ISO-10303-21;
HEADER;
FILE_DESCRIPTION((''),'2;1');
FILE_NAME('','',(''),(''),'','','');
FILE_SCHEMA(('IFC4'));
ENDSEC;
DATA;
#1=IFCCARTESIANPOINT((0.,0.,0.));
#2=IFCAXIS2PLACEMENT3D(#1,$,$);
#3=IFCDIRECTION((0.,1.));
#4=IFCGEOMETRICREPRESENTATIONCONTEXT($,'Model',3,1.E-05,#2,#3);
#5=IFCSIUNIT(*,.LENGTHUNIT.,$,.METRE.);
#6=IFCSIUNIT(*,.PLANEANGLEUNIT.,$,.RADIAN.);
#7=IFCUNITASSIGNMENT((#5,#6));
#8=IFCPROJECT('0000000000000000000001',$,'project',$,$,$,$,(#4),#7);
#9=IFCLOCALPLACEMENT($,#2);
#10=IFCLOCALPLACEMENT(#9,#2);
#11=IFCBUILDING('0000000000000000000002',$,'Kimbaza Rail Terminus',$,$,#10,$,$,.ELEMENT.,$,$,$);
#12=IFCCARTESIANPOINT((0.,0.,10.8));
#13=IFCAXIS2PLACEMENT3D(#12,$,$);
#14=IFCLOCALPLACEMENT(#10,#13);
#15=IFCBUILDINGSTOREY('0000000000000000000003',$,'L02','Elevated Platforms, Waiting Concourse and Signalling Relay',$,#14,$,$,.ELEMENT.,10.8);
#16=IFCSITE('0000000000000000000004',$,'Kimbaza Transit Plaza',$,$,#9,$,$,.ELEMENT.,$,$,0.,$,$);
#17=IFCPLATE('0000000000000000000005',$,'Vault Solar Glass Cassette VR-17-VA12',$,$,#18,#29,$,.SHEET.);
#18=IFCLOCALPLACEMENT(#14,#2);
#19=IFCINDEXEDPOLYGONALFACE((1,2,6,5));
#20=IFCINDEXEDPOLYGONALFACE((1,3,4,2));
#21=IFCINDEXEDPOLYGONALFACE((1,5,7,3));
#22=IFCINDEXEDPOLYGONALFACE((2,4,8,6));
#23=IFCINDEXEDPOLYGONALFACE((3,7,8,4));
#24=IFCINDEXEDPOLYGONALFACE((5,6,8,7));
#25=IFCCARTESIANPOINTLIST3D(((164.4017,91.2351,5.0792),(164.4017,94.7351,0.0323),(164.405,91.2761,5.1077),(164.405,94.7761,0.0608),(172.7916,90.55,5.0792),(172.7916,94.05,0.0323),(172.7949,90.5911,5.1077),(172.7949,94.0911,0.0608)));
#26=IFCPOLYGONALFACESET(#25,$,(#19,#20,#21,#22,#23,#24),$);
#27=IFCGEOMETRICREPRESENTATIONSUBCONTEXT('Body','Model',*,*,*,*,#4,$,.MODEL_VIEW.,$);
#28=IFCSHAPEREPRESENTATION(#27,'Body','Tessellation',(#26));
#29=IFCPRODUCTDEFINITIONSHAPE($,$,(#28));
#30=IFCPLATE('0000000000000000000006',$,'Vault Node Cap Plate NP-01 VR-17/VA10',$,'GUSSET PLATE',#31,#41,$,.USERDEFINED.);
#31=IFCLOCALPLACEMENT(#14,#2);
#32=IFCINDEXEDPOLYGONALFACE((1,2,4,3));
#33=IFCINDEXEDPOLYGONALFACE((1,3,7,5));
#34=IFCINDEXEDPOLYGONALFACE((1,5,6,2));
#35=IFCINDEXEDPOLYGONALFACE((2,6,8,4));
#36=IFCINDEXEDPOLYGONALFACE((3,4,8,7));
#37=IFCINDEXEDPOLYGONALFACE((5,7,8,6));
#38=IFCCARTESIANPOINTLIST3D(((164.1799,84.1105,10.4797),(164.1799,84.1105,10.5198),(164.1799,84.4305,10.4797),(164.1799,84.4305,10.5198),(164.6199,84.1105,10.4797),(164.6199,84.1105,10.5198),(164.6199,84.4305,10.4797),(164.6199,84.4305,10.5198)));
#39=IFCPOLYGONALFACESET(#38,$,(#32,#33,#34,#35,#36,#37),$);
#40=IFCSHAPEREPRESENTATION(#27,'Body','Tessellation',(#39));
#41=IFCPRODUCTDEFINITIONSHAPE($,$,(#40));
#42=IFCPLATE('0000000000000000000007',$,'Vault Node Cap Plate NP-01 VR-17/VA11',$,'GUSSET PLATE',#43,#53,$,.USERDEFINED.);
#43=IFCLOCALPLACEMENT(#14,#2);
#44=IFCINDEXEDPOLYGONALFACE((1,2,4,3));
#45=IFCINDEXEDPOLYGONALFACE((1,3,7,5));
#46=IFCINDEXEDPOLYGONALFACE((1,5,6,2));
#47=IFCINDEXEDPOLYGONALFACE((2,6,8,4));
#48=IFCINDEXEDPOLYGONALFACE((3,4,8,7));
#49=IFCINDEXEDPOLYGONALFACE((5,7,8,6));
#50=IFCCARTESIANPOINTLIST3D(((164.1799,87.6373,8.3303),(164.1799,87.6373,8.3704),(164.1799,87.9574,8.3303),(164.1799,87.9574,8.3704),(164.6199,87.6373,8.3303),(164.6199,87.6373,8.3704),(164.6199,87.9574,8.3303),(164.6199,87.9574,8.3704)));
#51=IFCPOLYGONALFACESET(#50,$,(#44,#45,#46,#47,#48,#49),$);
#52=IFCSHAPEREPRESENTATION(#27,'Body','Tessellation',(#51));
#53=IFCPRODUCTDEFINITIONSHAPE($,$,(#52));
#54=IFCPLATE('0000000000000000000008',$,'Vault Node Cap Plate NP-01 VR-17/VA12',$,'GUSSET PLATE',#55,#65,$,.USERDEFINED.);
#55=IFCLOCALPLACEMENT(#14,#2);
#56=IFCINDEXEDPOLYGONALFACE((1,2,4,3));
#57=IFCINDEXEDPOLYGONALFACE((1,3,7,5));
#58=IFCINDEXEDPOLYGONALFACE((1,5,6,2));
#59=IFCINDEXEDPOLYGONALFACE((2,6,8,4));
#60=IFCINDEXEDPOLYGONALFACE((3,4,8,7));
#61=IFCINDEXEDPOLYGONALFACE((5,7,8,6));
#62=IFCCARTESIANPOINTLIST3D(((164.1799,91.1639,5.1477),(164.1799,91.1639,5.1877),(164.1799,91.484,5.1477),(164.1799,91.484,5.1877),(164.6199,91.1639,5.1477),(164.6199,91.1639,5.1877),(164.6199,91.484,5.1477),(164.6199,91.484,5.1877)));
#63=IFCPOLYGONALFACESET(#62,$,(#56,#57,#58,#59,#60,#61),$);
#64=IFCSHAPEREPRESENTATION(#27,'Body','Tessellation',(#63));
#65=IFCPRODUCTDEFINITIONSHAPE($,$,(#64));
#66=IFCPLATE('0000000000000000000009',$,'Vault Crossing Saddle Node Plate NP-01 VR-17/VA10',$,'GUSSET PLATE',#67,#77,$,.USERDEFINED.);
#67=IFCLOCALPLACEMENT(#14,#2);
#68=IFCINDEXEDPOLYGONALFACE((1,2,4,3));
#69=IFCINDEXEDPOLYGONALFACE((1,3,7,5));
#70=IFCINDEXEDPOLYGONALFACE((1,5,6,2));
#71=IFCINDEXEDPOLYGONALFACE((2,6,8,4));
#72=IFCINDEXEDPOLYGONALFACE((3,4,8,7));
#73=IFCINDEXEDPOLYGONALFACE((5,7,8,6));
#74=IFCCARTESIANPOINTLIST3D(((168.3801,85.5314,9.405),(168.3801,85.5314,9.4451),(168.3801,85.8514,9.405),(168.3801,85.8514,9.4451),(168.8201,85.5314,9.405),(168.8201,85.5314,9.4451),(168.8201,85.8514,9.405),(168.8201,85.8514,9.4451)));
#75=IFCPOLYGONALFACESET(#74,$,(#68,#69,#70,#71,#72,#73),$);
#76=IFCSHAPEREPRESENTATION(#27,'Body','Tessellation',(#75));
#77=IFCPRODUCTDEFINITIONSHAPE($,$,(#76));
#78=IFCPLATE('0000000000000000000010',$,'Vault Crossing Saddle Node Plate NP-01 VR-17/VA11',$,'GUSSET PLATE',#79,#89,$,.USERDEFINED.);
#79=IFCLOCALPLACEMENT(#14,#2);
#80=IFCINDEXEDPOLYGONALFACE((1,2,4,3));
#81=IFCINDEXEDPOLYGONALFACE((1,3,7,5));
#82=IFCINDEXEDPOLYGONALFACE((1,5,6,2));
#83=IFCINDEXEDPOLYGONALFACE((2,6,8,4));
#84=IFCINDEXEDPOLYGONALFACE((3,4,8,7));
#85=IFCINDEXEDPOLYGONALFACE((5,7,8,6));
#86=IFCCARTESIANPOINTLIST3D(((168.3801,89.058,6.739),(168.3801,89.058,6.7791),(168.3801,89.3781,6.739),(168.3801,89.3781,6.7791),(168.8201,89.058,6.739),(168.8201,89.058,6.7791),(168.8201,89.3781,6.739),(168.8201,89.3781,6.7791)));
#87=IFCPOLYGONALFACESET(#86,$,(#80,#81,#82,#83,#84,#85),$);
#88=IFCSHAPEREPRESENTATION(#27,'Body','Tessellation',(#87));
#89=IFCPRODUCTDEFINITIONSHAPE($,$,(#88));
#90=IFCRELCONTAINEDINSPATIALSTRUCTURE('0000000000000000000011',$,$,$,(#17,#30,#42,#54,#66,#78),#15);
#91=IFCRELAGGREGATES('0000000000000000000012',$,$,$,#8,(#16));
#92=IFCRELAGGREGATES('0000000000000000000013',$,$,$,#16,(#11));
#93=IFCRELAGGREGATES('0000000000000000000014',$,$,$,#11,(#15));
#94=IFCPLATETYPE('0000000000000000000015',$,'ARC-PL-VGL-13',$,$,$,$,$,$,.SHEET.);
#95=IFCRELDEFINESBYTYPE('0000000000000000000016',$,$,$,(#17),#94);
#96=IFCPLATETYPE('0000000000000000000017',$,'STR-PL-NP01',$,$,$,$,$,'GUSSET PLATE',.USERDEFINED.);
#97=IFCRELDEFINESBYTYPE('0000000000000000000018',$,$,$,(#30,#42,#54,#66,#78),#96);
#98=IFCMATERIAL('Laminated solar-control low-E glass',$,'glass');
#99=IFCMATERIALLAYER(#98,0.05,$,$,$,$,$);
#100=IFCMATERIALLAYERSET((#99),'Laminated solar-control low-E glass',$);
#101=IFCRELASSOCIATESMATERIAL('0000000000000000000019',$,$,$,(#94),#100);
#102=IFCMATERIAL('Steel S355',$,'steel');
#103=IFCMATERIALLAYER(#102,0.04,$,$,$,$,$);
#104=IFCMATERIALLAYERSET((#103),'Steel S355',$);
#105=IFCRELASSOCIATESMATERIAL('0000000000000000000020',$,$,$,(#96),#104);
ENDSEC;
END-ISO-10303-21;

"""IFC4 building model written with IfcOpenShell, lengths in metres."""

from ifc_helpers import new_model, si_unit, direction, frame, origin, origin_2d, place, context, subcontext, project, spatial, polyline, rectangle, outline, extrude, material, layer, layer_set, type_object, element, save


model = new_model("IFC4")

# Units and contexts
model_context = context("Model", 3, precision=1e-05, world=origin(), true_north=direction((0.0, 1.0)))
body_context = subcontext(model_context, "Body", "Model", "MODEL_VIEW")
ifc_project = project(units=[si_unit("LENGTHUNIT", "METRE"), si_unit("PLANEANGLEUNIT", "RADIAN")], contexts=[model_context])

# Site, building, storey
site_placement = place(None, origin())
site = spatial("IfcSite", under=ifc_project, at=site_placement, Name="Kimbaza Transit Plaza", CompositionType="ELEMENT", RefElevation=0.0)
building_placement = place(site_placement, origin())
building = spatial("IfcBuilding", under=site, at=building_placement, Name="Kimbaza Rail Terminus", CompositionType="ELEMENT")
storey_placement = place(building_placement, frame((0.0, 0.0, 10.8)))
storey = spatial("IfcBuildingStorey", under=building, at=storey_placement, Name="L02", Description="Elevated Platforms, Waiting Concourse and Signalling Relay", CompositionType="ELEMENT", Elevation=10.8)

# Plates
ifc_material_1 = material(Name="Laminated solar-control low-E glass", Category="glass")
ifc_layer_1 = layer(ifc_material_1, 0.05)
ifc_layer_set_1 = layer_set([ifc_layer_1], Name="Laminated solar-control low-E glass")
plate_type_1 = type_object("IfcPlateType", Name="ARC-PL-VGL-13", PredefinedType="SHEET", material=ifc_layer_set_1)
plate_1_placement = place(storey_placement, frame((164.405, 91.2761, 5.1077), z_axis=(0.066946, 0.81989, 0.568593), x_axis=(0.996683, -0.081382, 0.0)))
element("IfcPlate", 1, at=plate_1_placement, inside=storey, type_object=plate_type_1, Name="Vault Solar Glass Cassette VR-17-VA12", PredefinedType="SHEET", context=body_context, shape_type="SweptSolid", body=[
    extrude(outline(polyline([(0.0, 0.0), (8.4178, 0.0), (8.133, 6.1351), (-0.2848, 6.1351), (0.0, 0.0)])), origin(), (0.0, 0.0, -1.0), 0.05),
])
ifc_material_2 = material(Name="Steel S355", Category="steel")
ifc_layer_2 = layer(ifc_material_2, 0.04)
ifc_layer_set_2 = layer_set([ifc_layer_2], Name="Steel S355")
plate_type_2 = type_object("IfcPlateType", Name="STR-PL-NP01", ElementType="GUSSET PLATE", PredefinedType="USERDEFINED", material=ifc_layer_set_2)
for number, where, z_axis, x_axis, name in (
    (2, (164.3999, 84.2705, 10.4797), (0.0, 0.0, 1.0), (1.0, 0.0, 0.0), "Vault Node Cap Plate NP-01 VR-17/VA10"),
    (3, (164.3999, 87.7974, 8.3303), (0.0, 0.0, 1.0), (1.0, 0.0, 0.0), "Vault Node Cap Plate NP-01 VR-17/VA11"),
    (4, (164.3999, 91.324, 5.1477), (0.0, 0.0, 1.0), (1.0, 0.0, 0.0), "Vault Node Cap Plate NP-01 VR-17/VA12"),
    (5, (168.6001, 85.6914, 9.405), (0.0, 0.0, 1.0), (1.0, 0.0, 0.0), "Vault Crossing Saddle Node Plate NP-01 VR-17/VA10"),
    (6, (168.6001, 89.218, 6.739), (0.0, 0.0, 1.0), (1.0, 0.0, 0.0), "Vault Crossing Saddle Node Plate NP-01 VR-17/VA11"),
):
    element("IfcPlate", number, at=place(storey_placement, frame(where, z_axis=z_axis, x_axis=x_axis)), inside=storey, type_object=plate_type_2, Name=name, ObjectType="GUSSET PLATE", PredefinedType="USERDEFINED", context=body_context, shape_type="SweptSolid", body=[
        extrude(rectangle(XDim=0.4399, YDim=0.3201, at=origin_2d()), origin(), (0.0, 0.0, 1.0), 0.04),
    ])

save(model, "model.ifc")
